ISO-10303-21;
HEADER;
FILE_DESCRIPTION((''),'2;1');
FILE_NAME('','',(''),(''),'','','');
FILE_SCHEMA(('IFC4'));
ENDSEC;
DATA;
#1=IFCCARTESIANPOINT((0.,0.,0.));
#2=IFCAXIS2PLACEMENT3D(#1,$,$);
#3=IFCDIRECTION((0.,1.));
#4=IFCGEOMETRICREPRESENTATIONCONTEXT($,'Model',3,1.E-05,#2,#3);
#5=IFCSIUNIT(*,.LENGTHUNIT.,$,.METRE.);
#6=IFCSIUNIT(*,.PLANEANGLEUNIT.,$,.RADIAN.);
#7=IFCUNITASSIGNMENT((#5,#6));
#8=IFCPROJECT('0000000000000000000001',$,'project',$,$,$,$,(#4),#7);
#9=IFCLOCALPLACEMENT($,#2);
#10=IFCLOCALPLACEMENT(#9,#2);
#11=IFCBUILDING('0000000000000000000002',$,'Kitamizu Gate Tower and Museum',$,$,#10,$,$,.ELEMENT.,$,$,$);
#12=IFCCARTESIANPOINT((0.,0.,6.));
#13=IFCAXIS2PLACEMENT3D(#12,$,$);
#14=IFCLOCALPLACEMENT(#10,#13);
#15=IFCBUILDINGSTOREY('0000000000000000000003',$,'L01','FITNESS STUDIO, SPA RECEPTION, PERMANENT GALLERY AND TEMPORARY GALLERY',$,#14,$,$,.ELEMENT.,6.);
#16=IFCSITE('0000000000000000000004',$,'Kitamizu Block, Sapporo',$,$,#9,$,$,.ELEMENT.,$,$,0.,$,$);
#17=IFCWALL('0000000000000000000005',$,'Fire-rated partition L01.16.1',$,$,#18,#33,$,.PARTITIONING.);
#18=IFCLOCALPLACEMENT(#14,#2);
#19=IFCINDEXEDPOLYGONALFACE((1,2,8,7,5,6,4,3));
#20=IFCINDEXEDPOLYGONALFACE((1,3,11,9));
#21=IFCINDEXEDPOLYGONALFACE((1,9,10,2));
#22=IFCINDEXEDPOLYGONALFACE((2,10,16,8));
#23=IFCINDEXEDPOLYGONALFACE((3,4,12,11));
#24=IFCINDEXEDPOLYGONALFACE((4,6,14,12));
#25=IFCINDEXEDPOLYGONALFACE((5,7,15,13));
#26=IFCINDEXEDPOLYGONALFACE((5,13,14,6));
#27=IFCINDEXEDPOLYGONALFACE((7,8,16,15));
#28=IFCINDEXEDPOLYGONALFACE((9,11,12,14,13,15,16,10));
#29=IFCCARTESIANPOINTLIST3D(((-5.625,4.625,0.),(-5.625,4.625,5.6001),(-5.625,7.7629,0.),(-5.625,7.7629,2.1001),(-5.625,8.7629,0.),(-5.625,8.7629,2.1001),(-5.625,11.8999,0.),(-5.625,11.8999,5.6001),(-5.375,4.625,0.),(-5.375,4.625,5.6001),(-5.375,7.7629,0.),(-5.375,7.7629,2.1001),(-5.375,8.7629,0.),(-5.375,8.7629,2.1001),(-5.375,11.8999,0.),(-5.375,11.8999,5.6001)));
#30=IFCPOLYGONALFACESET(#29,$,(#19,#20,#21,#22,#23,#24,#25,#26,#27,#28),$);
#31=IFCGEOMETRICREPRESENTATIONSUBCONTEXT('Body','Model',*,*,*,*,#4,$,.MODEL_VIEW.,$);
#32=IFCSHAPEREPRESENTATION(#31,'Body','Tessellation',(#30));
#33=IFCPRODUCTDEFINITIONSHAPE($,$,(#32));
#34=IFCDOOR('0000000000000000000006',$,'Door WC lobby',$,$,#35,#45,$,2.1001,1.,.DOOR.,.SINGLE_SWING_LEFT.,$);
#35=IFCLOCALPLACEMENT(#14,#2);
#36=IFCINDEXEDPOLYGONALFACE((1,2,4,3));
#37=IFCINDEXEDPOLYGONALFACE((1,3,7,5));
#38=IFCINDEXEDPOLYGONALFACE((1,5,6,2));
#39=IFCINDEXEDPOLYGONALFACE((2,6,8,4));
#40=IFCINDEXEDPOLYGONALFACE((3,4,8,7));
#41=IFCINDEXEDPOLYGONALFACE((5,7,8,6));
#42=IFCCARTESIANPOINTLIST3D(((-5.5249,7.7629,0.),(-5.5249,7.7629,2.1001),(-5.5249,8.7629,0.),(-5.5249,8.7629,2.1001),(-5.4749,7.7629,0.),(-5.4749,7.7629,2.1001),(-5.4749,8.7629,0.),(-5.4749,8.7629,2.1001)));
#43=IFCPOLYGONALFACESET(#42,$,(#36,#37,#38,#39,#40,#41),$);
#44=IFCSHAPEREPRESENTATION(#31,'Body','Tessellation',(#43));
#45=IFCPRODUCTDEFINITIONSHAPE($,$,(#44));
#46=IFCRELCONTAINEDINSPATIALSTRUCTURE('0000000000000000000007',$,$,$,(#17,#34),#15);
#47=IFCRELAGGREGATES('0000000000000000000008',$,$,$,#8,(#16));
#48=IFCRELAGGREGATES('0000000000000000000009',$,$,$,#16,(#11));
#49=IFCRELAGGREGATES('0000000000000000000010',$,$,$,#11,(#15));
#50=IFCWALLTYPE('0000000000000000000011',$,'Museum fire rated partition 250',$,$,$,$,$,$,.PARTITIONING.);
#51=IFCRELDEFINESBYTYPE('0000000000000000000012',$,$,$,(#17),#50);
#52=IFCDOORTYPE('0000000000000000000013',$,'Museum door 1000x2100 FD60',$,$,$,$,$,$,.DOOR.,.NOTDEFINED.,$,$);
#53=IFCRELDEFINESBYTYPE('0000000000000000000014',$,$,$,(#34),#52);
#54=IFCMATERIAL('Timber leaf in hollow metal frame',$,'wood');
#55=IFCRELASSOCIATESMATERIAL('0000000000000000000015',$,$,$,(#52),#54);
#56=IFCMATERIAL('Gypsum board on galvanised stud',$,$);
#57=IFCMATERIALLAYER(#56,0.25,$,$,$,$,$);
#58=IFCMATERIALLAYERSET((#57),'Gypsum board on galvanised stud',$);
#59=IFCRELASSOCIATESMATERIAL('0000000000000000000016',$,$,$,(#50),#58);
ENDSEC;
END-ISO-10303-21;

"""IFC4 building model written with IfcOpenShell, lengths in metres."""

from ifc_helpers import new_model, si_unit, direction, frame, frame_2d, origin, place, context, subcontext, project, spatial, rectangle, extrude, material, layer, layer_set, type_object, element, fill, save


model = new_model("IFC4")

# Units and contexts
model_context = context("Model", 3, precision=1e-05, world=origin(), true_north=direction((0.0, 1.0)))
body_context = subcontext(model_context, "Body", "Model", "MODEL_VIEW")
ifc_project = project(units=[si_unit("LENGTHUNIT", "METRE"), si_unit("PLANEANGLEUNIT", "RADIAN")], contexts=[model_context])

# Site, building, storey
site_placement = place(None, origin())
site = spatial("IfcSite", under=ifc_project, at=site_placement, Name="Kitamizu Block, Sapporo", CompositionType="ELEMENT", RefElevation=0.0)
building_placement = place(site_placement, origin())
building = spatial("IfcBuilding", under=site, at=building_placement, Name="Kitamizu Gate Tower and Museum", CompositionType="ELEMENT")
storey_placement = place(building_placement, frame((0.0, 0.0, 6.0)))
storey = spatial("IfcBuildingStorey", under=building, at=storey_placement, Name="L01", Description="FITNESS STUDIO, SPA RECEPTION, PERMANENT GALLERY AND TEMPORARY GALLERY", CompositionType="ELEMENT", Elevation=6.0)

# Wall, opening, door
ifc_material_1 = material(Name="Timber leaf in hollow metal frame", Category="wood")
door_type_1 = type_object("IfcDoorType", Name="Museum door 1000x2100 FD60", OperationType="NOTDEFINED", PredefinedType="DOOR", material=ifc_material_1)
ifc_material_2 = material(Name="Gypsum board on galvanised stud")
ifc_layer_1 = layer(ifc_material_2, 0.25)
ifc_layer_set_1 = layer_set([ifc_layer_1], Name="Gypsum board on galvanised stud")
wall_type_1 = type_object("IfcWallType", Name="Museum fire rated partition 250", PredefinedType="PARTITIONING", material=ifc_layer_set_1)
wall_1_placement = place(storey_placement, frame((-5.5, 4.625, 0.0), z_axis=(0.0, 0.0, 1.0), x_axis=(0.0, 1.0, 0.0)))
wall_1 = element("IfcWall", 1, at=wall_1_placement, inside=storey, type_object=wall_type_1, Name="Fire-rated partition L01.16.1", PredefinedType="PARTITIONING", context=body_context, shape_type="SweptSolid", body=[
    extrude(rectangle(XDim=7.2749, YDim=0.25, at=frame_2d((3.6375, 0.0))), origin(), (0.0, 0.0, 1.0), 5.6001),
])
opening_1_placement = place(wall_1_placement, frame((3.1379, 0.0, 0.0)))
opening_1 = element("IfcOpeningElement", 2, at=opening_1_placement, cuts=wall_1, PredefinedType="OPENING", context=body_context, shape_type="SweptSolid", body=[
    extrude(rectangle(XDim=1.0, YDim=2.1001, at=frame_2d((0.5, 1.05))), frame((0.0, 0.135, 0.0), z_axis=(0.0, -1.0, 0.0), x_axis=(1.0, 0.0, 0.0)), (0.0, 0.0, 1.0), 0.27),
])
door_1_placement = place(opening_1_placement, origin())
door_1 = element("IfcDoor", 3, at=door_1_placement, inside=storey, type_object=door_type_1, Name="Door WC lobby", OperationType="SINGLE_SWING_LEFT", OverallHeight=2.1001, OverallWidth=1.0, PredefinedType="DOOR", context=body_context, shape_type="SweptSolid", body=[
    extrude(rectangle(XDim=1.0, YDim=2.1001, at=frame_2d((0.5, 1.05))), frame((0.0, 0.0249, 0.0), z_axis=(0.0, -1.0, 0.0), x_axis=(1.0, 0.0, 0.0)), (0.0, 0.0, 1.0), 0.05),
])
fill(opening_1, door_1)

save(model, "model.ifc")
